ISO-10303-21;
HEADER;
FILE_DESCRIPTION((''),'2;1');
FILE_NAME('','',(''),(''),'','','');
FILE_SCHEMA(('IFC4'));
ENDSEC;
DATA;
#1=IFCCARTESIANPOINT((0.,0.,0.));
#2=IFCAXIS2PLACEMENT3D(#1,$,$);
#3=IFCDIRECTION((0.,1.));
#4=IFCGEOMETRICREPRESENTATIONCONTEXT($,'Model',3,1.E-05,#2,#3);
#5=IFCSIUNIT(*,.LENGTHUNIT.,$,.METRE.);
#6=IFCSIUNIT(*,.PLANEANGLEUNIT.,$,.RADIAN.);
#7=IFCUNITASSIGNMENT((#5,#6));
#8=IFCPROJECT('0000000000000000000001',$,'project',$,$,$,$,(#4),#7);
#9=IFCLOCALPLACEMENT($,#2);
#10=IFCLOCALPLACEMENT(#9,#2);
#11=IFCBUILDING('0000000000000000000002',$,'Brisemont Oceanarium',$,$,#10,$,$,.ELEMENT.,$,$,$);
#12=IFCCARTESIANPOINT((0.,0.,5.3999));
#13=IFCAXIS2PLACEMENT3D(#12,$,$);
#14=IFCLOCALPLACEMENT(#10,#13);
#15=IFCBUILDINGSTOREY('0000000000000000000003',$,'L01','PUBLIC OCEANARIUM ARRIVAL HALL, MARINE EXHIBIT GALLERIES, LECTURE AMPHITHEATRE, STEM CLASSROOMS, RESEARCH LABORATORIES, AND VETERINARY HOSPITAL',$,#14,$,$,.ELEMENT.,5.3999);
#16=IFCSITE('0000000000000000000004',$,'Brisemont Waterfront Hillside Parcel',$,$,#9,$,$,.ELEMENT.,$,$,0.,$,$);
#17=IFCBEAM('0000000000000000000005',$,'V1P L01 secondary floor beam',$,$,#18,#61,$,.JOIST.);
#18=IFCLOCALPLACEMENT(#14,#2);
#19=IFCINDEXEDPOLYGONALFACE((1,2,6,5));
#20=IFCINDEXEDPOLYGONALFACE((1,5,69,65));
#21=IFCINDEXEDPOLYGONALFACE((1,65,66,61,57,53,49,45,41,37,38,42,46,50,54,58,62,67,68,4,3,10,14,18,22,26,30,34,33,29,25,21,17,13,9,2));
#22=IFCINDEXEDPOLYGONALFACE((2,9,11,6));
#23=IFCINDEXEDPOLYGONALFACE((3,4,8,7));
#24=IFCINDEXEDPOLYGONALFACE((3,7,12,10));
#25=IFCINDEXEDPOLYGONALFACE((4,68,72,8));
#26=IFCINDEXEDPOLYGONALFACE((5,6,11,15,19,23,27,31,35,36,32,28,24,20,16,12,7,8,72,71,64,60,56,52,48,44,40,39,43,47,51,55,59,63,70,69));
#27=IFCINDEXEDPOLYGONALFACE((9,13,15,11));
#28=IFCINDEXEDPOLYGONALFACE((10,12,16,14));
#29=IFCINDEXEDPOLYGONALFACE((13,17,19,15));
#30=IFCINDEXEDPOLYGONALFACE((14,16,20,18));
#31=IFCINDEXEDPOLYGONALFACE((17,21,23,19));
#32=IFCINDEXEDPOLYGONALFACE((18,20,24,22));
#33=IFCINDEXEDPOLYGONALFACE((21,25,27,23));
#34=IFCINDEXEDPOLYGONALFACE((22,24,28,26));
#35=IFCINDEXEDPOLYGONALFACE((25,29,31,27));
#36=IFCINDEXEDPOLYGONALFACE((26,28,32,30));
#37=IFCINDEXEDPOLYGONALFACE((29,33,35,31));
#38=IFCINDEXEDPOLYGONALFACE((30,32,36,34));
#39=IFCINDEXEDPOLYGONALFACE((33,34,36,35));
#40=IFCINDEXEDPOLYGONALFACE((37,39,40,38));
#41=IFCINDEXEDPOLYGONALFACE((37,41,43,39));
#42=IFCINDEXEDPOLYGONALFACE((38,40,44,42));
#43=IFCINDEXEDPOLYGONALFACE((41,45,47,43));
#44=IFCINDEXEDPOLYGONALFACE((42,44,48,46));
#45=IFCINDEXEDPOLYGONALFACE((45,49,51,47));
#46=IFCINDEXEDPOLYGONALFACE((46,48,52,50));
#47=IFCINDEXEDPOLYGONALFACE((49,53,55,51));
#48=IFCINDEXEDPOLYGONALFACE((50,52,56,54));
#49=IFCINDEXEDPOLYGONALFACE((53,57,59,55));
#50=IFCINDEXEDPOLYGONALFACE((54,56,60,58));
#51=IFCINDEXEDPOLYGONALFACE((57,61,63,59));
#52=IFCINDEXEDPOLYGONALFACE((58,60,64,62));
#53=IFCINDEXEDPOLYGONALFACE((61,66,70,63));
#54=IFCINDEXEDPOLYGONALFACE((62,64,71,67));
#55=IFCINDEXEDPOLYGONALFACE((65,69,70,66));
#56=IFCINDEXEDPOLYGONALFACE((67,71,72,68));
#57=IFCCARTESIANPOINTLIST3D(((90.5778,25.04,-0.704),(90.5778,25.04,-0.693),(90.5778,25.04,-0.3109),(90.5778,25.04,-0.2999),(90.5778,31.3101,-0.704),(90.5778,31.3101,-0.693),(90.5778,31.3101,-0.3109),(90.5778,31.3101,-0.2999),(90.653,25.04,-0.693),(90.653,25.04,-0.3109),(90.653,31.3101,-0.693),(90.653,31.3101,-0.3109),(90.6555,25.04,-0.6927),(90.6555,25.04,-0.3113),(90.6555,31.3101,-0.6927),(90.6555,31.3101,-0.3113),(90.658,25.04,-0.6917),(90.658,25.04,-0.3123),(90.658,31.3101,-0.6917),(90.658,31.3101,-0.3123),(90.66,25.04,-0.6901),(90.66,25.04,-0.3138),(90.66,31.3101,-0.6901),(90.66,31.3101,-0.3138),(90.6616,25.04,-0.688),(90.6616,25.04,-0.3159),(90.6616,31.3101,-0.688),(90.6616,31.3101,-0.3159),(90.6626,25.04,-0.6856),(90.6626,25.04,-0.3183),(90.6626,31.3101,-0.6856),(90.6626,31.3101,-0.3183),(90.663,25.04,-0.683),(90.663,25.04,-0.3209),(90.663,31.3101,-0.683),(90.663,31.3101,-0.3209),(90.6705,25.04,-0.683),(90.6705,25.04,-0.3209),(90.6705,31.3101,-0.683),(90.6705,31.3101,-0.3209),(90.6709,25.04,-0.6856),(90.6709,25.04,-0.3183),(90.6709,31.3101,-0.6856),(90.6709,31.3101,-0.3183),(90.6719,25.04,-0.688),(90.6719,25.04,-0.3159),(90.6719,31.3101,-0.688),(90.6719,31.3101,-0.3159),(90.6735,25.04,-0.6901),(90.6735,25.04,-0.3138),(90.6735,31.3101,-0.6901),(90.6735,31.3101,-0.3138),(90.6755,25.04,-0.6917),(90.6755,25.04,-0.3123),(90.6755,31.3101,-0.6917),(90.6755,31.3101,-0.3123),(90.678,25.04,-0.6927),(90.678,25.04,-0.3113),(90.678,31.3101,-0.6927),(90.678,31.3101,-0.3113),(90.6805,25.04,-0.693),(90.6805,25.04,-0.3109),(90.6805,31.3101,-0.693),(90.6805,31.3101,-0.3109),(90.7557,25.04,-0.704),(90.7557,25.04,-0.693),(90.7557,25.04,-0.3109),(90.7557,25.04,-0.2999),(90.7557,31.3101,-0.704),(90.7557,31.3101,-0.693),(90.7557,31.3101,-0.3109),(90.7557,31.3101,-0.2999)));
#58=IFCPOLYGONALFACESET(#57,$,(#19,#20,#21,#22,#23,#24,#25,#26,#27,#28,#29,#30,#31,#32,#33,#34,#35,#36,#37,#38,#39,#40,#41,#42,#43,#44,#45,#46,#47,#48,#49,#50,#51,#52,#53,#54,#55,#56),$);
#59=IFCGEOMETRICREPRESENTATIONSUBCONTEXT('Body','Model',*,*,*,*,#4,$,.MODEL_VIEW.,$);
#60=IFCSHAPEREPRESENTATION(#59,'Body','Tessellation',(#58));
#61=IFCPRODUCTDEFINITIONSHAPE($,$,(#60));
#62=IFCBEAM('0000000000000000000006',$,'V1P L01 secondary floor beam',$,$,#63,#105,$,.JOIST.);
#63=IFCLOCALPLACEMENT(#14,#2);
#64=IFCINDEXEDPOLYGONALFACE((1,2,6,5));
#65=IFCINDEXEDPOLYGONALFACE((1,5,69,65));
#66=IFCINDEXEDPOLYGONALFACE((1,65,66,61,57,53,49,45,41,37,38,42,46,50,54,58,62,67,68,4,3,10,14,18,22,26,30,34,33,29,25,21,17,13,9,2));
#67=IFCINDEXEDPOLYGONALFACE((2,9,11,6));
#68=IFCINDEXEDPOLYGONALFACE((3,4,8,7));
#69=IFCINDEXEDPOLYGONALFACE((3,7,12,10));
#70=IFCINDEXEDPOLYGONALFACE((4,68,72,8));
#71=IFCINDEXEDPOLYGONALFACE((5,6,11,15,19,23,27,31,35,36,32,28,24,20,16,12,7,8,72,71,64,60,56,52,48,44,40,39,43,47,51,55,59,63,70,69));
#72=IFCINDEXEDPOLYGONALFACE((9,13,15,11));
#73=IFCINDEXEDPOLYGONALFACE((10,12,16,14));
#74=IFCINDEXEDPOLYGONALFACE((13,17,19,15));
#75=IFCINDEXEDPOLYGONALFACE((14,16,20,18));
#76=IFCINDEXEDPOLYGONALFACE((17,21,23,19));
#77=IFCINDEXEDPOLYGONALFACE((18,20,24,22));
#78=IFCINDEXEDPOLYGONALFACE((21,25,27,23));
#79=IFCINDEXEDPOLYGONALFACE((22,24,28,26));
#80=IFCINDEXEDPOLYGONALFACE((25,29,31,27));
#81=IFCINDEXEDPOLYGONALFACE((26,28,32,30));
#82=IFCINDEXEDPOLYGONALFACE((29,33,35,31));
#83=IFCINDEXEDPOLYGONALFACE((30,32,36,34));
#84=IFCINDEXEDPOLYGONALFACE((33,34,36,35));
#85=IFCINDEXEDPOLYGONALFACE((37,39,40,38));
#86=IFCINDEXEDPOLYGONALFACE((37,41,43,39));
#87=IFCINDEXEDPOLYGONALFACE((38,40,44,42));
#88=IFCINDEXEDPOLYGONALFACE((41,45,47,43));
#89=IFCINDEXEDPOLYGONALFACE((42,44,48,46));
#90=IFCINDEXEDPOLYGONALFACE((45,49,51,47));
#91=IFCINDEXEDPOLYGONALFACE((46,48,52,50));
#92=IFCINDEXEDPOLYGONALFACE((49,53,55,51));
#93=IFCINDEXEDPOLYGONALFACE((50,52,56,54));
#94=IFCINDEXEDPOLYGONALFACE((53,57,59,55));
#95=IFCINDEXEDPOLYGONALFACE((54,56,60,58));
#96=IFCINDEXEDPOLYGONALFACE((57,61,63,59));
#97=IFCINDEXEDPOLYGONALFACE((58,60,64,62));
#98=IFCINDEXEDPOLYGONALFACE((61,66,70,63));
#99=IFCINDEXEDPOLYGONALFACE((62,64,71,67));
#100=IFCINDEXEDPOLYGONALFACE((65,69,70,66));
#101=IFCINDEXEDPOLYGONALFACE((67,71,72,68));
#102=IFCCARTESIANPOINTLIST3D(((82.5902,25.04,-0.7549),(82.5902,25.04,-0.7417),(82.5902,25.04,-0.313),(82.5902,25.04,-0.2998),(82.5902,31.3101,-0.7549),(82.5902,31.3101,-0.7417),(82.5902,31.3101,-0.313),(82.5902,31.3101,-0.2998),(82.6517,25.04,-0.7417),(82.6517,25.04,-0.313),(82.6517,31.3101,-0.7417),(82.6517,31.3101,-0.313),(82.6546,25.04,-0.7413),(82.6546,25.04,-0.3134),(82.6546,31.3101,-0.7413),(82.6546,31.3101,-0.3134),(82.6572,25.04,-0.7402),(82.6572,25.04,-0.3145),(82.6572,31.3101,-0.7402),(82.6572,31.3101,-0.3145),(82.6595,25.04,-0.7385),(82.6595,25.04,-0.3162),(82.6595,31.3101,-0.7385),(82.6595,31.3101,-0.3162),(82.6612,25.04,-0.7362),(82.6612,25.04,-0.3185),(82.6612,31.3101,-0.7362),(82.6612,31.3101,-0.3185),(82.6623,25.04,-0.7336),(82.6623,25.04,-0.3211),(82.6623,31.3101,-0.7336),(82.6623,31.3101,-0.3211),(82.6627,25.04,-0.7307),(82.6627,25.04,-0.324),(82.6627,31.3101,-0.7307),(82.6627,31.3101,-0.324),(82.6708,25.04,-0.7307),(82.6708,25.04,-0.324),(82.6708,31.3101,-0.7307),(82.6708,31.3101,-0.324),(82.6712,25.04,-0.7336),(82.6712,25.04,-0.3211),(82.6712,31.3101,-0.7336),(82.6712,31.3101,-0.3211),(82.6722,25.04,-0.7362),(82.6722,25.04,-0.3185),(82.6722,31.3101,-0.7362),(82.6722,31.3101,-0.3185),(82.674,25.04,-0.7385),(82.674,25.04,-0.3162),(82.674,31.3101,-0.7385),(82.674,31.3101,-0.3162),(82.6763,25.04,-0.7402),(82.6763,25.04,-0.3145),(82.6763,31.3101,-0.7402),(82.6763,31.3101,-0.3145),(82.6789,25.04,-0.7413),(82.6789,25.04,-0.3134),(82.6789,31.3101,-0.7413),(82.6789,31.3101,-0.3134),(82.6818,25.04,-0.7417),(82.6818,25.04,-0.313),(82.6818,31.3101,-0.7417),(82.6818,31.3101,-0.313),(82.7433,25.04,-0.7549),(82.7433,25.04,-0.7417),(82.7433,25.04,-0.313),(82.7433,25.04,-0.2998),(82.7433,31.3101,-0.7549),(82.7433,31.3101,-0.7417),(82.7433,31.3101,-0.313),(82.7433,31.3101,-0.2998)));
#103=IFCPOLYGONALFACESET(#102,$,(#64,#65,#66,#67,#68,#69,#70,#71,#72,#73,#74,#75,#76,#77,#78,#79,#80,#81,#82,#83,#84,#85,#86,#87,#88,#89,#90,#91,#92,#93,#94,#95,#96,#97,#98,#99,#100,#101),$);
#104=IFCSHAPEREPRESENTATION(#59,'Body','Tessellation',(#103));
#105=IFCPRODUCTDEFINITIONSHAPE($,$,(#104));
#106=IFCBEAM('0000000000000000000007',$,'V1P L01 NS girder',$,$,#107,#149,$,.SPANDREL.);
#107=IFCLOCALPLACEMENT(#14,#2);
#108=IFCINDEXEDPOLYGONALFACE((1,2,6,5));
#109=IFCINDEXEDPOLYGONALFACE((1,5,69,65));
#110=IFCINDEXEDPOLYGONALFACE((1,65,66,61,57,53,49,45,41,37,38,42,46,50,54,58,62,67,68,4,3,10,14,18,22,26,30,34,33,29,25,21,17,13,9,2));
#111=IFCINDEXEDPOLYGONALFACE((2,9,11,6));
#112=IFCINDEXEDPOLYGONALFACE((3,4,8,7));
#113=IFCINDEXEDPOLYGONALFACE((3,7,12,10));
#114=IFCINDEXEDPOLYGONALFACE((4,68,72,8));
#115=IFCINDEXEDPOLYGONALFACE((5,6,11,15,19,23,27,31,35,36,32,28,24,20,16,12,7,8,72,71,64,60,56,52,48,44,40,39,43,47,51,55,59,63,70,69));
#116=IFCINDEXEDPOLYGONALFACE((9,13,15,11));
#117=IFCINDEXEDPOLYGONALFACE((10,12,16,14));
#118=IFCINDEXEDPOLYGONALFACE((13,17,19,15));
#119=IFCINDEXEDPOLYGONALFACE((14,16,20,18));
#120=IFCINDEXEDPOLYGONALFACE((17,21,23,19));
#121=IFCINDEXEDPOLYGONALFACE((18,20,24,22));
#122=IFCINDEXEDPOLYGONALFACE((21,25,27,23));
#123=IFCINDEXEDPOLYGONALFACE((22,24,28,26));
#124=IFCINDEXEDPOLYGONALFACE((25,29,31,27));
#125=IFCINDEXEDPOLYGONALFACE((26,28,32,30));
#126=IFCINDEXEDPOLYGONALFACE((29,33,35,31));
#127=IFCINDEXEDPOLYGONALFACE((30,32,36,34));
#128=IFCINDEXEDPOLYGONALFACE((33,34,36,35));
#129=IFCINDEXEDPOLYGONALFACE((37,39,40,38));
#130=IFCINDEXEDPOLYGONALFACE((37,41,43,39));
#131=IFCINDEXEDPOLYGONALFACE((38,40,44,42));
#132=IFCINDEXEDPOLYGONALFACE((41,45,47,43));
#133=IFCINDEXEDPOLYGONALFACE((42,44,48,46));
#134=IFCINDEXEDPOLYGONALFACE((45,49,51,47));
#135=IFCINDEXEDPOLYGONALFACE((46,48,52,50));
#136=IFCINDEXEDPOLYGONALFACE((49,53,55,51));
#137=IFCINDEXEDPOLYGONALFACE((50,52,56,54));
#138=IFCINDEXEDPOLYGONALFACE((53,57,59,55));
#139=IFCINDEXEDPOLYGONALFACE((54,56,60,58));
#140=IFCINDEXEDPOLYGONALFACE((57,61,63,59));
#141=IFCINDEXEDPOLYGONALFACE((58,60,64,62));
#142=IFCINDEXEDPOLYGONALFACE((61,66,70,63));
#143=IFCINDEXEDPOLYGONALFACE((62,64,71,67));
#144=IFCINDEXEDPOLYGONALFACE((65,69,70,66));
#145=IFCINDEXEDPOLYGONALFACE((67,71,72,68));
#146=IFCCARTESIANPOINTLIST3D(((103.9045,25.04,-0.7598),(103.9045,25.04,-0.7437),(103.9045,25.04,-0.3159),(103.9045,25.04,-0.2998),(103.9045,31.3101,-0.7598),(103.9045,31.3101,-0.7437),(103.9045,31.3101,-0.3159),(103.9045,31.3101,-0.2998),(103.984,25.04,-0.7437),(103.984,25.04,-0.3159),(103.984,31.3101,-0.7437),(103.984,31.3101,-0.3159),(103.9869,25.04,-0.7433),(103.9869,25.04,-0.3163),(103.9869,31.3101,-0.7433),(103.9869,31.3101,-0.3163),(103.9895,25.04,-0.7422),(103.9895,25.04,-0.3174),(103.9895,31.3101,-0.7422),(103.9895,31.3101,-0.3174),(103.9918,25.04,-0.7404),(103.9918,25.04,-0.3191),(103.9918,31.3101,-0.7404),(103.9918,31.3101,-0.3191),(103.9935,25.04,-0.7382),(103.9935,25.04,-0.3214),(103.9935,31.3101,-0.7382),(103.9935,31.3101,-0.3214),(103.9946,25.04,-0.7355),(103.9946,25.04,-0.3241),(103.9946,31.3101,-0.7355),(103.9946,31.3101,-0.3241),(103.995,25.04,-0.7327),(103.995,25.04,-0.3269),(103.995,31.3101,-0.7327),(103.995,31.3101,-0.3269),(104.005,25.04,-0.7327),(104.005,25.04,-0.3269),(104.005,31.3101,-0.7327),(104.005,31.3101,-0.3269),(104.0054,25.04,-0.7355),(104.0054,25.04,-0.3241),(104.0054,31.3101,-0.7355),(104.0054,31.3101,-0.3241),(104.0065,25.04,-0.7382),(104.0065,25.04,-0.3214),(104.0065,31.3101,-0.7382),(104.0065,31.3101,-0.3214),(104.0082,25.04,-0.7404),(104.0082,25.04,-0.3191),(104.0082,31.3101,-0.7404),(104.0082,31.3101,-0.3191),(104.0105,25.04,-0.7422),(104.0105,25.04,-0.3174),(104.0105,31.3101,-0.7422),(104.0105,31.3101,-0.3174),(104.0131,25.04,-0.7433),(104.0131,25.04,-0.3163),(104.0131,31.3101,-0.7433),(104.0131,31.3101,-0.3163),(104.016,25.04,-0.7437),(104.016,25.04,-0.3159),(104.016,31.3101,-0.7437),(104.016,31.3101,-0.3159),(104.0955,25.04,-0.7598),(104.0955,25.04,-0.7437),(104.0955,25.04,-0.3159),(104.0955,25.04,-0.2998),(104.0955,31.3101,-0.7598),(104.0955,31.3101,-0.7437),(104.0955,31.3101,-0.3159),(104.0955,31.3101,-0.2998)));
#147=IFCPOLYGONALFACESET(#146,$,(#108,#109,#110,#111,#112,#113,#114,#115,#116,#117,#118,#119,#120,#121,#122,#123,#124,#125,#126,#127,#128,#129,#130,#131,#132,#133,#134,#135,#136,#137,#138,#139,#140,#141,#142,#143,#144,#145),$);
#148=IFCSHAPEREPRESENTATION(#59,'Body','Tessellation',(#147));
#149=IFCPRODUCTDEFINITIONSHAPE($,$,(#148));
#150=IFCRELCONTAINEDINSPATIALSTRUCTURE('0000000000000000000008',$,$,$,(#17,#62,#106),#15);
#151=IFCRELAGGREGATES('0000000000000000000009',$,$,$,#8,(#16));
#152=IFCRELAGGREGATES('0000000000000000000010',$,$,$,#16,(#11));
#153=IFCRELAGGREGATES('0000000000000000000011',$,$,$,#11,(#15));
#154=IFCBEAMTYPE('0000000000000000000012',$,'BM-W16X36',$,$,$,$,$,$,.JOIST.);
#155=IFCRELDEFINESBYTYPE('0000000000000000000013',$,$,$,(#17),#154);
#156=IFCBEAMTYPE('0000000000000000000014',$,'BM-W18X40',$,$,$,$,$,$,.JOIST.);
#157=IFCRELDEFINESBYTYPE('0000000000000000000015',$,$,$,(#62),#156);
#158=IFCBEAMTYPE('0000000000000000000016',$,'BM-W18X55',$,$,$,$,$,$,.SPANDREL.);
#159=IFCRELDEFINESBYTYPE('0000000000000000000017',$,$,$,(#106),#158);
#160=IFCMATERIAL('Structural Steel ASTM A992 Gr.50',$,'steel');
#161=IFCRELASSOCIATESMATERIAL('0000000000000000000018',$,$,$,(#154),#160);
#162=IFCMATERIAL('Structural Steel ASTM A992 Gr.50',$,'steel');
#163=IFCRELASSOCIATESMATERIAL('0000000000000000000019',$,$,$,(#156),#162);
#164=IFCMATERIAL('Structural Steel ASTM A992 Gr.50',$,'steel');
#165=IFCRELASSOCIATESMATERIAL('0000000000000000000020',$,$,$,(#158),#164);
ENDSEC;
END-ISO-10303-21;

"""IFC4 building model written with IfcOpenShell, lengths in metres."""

from ifc_helpers import new_model, si_unit, direction, frame, origin, origin_2d, place, context, subcontext, project, spatial, i_section, extrude, material, material_profile, profile_set, type_object, element, save


model = new_model("IFC4")

# Units and contexts
model_context = context("Model", 3, precision=1e-05, world=origin(), true_north=direction((0.0, 1.0)))
body_context = subcontext(model_context, "Body", "Model", "MODEL_VIEW")
ifc_project = project(units=[si_unit("LENGTHUNIT", "METRE"), si_unit("PLANEANGLEUNIT", "RADIAN")], contexts=[model_context])

# Site, building, storey
site_placement = place(None, origin())
site = spatial("IfcSite", under=ifc_project, at=site_placement, Name="Brisemont Waterfront Hillside Parcel", CompositionType="ELEMENT", RefElevation=0.0)
building_placement = place(site_placement, origin())
building = spatial("IfcBuilding", under=site, at=building_placement, Name="Brisemont Oceanarium", CompositionType="ELEMENT")
storey_placement = place(building_placement, frame((0.0, 0.0, 5.3999)))
storey = spatial("IfcBuildingStorey", under=building, at=storey_placement, Name="L01", Description="PUBLIC OCEANARIUM ARRIVAL HALL, MARINE EXHIBIT GALLERIES, LECTURE AMPHITHEATRE, STEM CLASSROOMS, RESEARCH LABORATORIES, AND VETERINARY HOSPITAL", CompositionType="ELEMENT", Elevation=5.3999)

# Beams
ifc_material_1 = material(Name="Structural Steel ASTM A992 Gr.50", Category="steel")
ifc_material_profile_1 = material_profile(ifc_material_1, i_section(OverallWidth=0.178, OverallDepth=0.4041, WebThickness=0.0076, FlangeThickness=0.011, FilletRadius=0.01, at=origin_2d()), Name="W16X36")
ifc_profile_set_1 = profile_set([ifc_material_profile_1], Name="Structural Steel ASTM A992 Gr.50")
beam_type_1 = type_object("IfcBeamType", Name="BM-W16X36", PredefinedType="JOIST", material=ifc_profile_set_1)
for number, where, z_axis, x_axis, name in (
    (1, (90.6667, 25.04, -0.502), (0.0, 1.0, 0.0), (-1.0, 0.0, 0.0), "V1P L01 secondary floor beam"),
):
    element("IfcBeam", number, at=place(storey_placement, frame(where, z_axis=z_axis, x_axis=x_axis)), inside=storey, type_object=beam_type_1, Name=name, PredefinedType="JOIST", context=body_context, shape_type="SweptSolid", body=[
        extrude(i_section(OverallWidth=0.178, OverallDepth=0.4041, WebThickness=0.0076, FlangeThickness=0.011, FilletRadius=0.01, at=origin_2d()), origin(), (0.0, 0.0, 1.0), 6.27),
    ])
ifc_material_2 = material(Name="Structural Steel ASTM A992 Gr.50", Category="steel")
ifc_material_profile_2 = material_profile(ifc_material_2, i_section(OverallWidth=0.1531, OverallDepth=0.4551, WebThickness=0.0081, FlangeThickness=0.0132, FilletRadius=0.011, at=origin_2d()), Name="W18X40")
ifc_profile_set_2 = profile_set([ifc_material_profile_2], Name="Structural Steel ASTM A992 Gr.50")
beam_type_2 = type_object("IfcBeamType", Name="BM-W18X40", PredefinedType="JOIST", material=ifc_profile_set_2)
beam_1_placement = place(storey_placement, frame((82.6667, 25.04, -0.5273), z_axis=(0.0, 1.0, 0.0), x_axis=(-1.0, 0.0, 0.0)))
element("IfcBeam", 2, at=beam_1_placement, inside=storey, type_object=beam_type_2, Name="V1P L01 secondary floor beam", PredefinedType="JOIST", context=body_context, shape_type="SweptSolid", body=[
    extrude(i_section(OverallWidth=0.1531, OverallDepth=0.4551, WebThickness=0.0081, FlangeThickness=0.0132, FilletRadius=0.011, at=origin_2d()), origin(), (0.0, 0.0, 1.0), 6.27),
])
ifc_material_3 = material(Name="Structural Steel ASTM A992 Gr.50", Category="steel")
ifc_material_profile_3 = material_profile(ifc_material_3, i_section(OverallWidth=0.1909, OverallDepth=0.46, WebThickness=0.01, FlangeThickness=0.0161, FilletRadius=0.011, at=origin_2d()), Name="W18X55")
ifc_profile_set_3 = profile_set([ifc_material_profile_3], Name="Structural Steel ASTM A992 Gr.50")
beam_type_3 = type_object("IfcBeamType", Name="BM-W18X55", PredefinedType="SPANDREL", material=ifc_profile_set_3)
beam_2_placement = place(storey_placement, frame((104.0, 25.04, -0.5298), z_axis=(0.0, 1.0, 0.0), x_axis=(-1.0, 0.0, 0.0)))
element("IfcBeam", 3, at=beam_2_placement, inside=storey, type_object=beam_type_3, Name="V1P L01 NS girder", PredefinedType="SPANDREL", context=body_context, shape_type="SweptSolid", body=[
    extrude(i_section(OverallWidth=0.1909, OverallDepth=0.46, WebThickness=0.01, FlangeThickness=0.0161, FilletRadius=0.011, at=origin_2d()), origin(), (0.0, 0.0, 1.0), 6.27),
])

save(model, "model.ifc")
